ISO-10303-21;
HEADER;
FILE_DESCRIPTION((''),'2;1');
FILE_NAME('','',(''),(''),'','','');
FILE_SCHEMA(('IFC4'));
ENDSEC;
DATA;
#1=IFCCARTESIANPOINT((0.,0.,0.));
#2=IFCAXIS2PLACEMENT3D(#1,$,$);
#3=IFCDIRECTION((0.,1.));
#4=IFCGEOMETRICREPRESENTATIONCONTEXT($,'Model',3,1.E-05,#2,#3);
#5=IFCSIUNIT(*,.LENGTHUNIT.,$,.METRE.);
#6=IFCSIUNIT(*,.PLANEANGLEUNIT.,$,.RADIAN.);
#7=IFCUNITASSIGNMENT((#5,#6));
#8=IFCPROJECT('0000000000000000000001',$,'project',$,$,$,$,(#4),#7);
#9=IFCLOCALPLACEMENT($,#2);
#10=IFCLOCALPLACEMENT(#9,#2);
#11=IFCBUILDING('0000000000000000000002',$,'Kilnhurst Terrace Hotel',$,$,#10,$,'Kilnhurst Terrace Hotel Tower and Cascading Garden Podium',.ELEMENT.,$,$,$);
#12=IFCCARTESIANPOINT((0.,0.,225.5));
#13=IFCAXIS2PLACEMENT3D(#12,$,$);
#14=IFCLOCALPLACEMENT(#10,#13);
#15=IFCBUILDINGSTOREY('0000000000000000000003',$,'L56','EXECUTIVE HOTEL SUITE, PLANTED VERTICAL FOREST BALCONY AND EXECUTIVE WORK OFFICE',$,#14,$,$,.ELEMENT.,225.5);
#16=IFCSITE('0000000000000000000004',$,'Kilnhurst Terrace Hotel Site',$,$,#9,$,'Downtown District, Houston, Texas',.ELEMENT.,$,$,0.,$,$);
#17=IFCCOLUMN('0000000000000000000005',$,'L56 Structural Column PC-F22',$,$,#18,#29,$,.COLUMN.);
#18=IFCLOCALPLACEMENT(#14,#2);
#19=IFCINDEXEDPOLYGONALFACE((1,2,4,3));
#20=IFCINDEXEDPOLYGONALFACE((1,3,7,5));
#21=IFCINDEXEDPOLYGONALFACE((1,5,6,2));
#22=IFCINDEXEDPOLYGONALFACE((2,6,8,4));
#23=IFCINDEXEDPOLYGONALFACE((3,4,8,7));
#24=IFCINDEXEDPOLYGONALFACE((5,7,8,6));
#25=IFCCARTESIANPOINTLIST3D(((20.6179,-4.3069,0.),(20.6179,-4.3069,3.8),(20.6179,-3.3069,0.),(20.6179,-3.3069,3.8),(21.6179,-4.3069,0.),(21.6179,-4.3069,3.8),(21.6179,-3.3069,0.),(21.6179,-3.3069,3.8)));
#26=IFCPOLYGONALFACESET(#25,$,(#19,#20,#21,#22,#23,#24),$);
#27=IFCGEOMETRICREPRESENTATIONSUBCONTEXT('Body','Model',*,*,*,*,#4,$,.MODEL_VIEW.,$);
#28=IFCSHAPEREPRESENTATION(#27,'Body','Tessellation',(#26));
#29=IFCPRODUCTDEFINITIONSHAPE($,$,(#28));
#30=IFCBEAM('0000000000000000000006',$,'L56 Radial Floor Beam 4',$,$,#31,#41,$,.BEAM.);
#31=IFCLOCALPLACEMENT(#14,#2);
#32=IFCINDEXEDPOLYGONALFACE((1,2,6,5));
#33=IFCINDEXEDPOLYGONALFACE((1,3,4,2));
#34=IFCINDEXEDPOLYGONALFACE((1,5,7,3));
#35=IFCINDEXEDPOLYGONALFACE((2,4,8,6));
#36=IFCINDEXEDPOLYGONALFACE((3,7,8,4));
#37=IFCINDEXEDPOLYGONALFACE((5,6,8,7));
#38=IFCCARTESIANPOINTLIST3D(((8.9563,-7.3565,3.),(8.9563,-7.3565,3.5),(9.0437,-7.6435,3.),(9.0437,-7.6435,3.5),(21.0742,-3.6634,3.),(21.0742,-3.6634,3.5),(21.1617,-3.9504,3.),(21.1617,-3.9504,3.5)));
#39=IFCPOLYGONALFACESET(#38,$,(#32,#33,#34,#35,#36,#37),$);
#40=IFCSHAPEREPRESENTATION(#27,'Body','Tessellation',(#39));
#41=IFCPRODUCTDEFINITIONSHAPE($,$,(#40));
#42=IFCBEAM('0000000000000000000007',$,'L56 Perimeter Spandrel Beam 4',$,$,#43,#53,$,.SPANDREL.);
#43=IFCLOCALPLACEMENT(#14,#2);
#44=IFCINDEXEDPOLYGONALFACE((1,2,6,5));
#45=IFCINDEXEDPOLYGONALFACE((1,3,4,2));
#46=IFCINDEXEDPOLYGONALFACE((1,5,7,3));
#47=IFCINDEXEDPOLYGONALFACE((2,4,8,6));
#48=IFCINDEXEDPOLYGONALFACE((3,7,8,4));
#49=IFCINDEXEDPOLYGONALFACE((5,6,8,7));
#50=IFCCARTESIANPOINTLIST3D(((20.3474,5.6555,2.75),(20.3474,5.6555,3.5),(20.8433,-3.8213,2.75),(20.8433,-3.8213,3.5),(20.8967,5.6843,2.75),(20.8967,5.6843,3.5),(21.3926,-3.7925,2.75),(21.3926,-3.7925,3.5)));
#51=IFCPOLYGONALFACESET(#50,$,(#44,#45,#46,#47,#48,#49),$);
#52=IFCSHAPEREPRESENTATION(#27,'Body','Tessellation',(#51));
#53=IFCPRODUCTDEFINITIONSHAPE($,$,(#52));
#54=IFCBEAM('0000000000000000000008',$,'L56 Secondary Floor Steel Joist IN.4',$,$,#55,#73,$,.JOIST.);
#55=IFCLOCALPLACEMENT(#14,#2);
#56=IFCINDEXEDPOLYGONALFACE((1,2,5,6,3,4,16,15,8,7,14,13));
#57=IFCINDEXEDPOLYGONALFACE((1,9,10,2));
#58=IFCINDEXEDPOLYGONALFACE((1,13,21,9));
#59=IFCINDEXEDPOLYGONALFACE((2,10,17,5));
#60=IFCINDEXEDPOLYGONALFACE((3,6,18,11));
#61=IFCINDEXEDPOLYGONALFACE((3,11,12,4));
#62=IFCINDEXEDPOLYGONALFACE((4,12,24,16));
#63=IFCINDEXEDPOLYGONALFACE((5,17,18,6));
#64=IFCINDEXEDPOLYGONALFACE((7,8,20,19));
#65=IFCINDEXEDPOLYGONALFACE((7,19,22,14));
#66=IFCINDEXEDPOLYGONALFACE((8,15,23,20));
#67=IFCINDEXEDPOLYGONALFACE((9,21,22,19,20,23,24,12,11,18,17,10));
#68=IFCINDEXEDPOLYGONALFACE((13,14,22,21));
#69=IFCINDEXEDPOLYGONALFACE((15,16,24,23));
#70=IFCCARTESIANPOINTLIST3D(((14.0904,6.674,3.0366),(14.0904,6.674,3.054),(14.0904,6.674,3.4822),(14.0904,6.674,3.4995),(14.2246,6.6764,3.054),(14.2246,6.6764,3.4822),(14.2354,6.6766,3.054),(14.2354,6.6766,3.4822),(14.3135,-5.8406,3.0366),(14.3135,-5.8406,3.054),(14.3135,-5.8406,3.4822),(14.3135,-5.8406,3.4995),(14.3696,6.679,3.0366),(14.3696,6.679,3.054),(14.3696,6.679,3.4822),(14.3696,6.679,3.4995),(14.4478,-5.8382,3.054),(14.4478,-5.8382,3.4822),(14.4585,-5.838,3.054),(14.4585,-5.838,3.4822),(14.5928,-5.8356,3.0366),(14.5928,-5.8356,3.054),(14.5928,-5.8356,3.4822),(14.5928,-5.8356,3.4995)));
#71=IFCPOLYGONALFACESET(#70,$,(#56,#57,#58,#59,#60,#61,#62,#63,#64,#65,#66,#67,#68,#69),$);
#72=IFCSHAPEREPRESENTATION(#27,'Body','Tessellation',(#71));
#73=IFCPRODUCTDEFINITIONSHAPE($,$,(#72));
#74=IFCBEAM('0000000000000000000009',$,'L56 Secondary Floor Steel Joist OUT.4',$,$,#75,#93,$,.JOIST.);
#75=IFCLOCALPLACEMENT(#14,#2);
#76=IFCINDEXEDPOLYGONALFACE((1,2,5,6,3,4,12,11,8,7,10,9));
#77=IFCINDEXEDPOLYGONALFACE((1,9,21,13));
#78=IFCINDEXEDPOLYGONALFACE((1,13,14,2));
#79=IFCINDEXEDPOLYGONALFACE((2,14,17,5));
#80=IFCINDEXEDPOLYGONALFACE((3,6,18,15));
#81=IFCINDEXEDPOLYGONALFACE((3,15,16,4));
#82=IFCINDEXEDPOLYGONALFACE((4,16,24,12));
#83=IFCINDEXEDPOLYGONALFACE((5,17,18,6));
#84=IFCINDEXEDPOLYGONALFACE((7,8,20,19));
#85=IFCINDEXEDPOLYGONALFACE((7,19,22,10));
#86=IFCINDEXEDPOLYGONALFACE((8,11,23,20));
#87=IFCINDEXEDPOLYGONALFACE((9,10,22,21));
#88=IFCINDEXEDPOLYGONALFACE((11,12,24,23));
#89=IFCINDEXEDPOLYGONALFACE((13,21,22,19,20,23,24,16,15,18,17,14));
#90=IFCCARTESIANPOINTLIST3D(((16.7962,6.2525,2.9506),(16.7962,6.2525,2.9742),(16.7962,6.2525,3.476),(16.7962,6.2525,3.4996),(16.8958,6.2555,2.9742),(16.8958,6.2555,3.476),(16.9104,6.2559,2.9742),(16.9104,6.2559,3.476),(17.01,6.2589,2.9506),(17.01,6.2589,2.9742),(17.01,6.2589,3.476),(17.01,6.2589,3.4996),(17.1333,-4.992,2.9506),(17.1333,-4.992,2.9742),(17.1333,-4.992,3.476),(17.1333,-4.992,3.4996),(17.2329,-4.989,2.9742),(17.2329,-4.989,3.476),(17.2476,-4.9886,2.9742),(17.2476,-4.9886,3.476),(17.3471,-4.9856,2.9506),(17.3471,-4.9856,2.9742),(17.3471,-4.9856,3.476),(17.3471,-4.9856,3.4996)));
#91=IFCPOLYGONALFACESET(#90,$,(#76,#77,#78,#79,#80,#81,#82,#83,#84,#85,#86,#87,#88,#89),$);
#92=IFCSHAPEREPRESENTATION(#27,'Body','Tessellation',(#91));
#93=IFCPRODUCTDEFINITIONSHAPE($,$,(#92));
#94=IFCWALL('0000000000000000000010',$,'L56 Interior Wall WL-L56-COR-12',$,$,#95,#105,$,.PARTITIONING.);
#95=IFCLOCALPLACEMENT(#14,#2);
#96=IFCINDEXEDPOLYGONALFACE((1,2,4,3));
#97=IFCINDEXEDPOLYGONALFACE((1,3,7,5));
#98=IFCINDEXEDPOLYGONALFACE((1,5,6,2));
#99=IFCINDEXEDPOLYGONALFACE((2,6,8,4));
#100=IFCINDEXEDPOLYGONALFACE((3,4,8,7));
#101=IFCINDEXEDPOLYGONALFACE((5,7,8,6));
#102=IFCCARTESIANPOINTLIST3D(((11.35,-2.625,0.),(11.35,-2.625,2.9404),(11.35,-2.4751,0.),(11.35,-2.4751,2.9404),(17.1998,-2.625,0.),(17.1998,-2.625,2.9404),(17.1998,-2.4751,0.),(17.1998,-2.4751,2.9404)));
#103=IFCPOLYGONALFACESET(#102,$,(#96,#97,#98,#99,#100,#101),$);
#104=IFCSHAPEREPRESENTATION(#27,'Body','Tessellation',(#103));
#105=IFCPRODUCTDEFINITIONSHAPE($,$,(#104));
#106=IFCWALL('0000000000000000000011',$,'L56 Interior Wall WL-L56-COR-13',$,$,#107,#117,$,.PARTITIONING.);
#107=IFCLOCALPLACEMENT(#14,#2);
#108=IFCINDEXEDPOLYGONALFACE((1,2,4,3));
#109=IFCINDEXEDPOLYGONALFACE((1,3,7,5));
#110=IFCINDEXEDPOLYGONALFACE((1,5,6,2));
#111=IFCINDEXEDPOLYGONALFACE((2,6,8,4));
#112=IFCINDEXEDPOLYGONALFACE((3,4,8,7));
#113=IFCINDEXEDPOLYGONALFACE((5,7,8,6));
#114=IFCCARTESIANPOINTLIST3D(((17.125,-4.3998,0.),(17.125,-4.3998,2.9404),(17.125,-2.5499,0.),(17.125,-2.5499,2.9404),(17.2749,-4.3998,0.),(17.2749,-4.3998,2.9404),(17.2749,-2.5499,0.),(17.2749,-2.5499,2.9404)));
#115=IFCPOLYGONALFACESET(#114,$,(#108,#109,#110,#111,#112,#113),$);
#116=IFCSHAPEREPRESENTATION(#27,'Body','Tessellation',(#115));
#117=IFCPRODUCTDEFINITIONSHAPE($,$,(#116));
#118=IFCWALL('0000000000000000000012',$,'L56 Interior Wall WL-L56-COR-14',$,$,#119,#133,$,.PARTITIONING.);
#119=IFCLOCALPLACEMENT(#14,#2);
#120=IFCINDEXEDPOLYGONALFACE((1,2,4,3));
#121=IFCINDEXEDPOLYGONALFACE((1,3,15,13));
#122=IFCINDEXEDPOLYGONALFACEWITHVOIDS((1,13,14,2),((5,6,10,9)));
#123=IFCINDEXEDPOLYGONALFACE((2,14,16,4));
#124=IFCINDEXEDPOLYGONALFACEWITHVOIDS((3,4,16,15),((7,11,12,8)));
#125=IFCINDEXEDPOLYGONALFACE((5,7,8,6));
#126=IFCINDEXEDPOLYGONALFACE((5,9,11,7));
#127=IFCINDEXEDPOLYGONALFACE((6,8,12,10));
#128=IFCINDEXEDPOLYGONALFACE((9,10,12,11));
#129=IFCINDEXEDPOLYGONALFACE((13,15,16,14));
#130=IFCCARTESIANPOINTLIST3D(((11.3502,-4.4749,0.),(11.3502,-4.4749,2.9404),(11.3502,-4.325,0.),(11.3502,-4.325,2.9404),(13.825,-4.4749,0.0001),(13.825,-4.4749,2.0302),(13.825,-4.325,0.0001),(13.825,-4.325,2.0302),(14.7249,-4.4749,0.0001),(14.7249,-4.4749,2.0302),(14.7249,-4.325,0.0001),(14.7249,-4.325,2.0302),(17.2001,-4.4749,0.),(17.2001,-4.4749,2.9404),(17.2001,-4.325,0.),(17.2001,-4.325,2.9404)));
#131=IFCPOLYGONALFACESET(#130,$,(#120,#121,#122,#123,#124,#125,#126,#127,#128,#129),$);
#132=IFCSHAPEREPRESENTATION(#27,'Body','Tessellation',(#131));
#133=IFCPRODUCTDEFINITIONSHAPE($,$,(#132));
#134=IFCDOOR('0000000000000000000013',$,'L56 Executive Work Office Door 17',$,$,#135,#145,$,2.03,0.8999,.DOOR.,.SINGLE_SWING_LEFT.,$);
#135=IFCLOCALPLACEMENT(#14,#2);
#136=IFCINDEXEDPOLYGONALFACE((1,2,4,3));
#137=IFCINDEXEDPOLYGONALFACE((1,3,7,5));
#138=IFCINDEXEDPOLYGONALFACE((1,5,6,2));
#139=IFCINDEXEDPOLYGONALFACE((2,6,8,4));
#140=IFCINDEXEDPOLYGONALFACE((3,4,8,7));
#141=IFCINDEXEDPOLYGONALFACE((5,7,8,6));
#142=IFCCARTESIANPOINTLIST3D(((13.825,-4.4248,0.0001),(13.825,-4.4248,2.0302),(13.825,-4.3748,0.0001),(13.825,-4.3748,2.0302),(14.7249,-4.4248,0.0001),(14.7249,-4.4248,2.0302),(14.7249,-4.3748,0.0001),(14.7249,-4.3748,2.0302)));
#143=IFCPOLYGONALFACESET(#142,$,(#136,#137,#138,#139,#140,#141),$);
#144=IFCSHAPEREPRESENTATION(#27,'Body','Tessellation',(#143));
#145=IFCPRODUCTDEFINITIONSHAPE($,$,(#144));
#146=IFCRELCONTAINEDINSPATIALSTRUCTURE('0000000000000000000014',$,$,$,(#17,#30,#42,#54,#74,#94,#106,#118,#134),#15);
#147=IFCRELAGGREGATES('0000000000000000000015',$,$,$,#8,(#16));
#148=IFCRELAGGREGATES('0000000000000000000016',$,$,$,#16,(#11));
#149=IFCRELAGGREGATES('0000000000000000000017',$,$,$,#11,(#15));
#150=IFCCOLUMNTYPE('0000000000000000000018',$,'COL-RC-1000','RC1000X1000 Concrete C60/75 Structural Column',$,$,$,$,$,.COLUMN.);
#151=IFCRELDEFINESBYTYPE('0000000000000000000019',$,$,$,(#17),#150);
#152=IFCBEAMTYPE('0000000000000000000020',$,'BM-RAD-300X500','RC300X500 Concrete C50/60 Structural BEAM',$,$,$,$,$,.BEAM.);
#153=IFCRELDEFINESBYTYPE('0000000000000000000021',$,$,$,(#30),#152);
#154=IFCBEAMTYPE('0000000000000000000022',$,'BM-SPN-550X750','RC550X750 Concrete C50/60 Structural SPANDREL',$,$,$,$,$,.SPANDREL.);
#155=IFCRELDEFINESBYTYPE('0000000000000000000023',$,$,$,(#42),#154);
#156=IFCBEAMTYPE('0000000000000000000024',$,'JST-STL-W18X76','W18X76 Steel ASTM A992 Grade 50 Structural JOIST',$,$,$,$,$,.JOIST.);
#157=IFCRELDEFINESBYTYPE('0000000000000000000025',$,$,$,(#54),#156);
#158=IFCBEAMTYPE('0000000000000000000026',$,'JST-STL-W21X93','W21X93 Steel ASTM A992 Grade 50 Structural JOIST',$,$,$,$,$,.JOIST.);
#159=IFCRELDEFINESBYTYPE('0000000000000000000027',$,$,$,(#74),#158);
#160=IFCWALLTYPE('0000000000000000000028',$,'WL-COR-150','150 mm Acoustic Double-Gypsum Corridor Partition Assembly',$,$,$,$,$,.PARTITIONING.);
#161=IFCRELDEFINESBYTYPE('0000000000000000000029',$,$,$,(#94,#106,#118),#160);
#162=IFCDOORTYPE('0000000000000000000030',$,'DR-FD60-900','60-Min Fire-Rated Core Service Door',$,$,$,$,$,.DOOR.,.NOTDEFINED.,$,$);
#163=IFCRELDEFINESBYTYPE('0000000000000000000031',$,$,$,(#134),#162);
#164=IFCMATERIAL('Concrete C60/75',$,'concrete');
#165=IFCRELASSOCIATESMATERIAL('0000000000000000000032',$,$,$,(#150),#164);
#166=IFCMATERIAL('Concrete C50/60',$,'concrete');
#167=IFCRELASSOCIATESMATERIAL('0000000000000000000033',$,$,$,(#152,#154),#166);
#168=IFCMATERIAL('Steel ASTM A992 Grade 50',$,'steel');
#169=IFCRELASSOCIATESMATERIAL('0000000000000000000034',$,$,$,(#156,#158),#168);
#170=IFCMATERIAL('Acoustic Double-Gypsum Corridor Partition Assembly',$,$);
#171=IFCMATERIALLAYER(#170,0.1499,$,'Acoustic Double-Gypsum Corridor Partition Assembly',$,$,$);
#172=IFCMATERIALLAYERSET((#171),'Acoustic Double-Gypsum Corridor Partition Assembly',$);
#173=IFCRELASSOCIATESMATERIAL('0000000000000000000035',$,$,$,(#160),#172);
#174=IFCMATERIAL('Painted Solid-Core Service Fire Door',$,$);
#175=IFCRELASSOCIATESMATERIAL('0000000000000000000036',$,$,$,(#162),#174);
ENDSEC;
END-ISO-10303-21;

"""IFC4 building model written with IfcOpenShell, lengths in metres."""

from ifc_helpers import new_model, si_unit, direction, frame, frame_2d, origin, origin_2d, place, context, subcontext, project, spatial, rectangle, i_section, extrude, material, layer, layer_set, material_profile, profile_set, type_object, element, fill, save


model = new_model("IFC4")

# Units and contexts
model_context = context("Model", 3, precision=1e-05, world=origin(), true_north=direction((0.0, 1.0)))
body_context = subcontext(model_context, "Body", "Model", "MODEL_VIEW")
ifc_project = project(units=[si_unit("LENGTHUNIT", "METRE"), si_unit("PLANEANGLEUNIT", "RADIAN")], contexts=[model_context])

# Site, building, storey
site_placement = place(None, origin())
site = spatial("IfcSite", under=ifc_project, at=site_placement, Name="Kilnhurst Terrace Hotel Site", LongName="Downtown District, Houston, Texas", CompositionType="ELEMENT", RefElevation=0.0)
building_placement = place(site_placement, origin())
building = spatial("IfcBuilding", under=site, at=building_placement, Name="Kilnhurst Terrace Hotel", LongName="Kilnhurst Terrace Hotel Tower and Cascading Garden Podium", CompositionType="ELEMENT")
storey_placement = place(building_placement, frame((0.0, 0.0, 225.5)))
storey = spatial("IfcBuildingStorey", under=building, at=storey_placement, Name="L56", Description="EXECUTIVE HOTEL SUITE, PLANTED VERTICAL FOREST BALCONY AND EXECUTIVE WORK OFFICE", CompositionType="ELEMENT", Elevation=225.5)

# Column
ifc_material_1 = material(Name="Concrete C60/75", Category="concrete")
ifc_material_profile_1 = material_profile(ifc_material_1, rectangle(XDim=1.0, YDim=1.0, at=origin_2d()), Name="RC1000X1000")
ifc_profile_set_1 = profile_set([ifc_material_profile_1], Name="Concrete C60/75")
column_type = type_object("IfcColumnType", Name="COL-RC-1000", Description="RC1000X1000 Concrete C60/75 Structural Column", PredefinedType="COLUMN", material=ifc_profile_set_1)
column_placement = place(storey_placement, frame((21.1179, -3.8069, 0.0), z_axis=(0.0, 0.0, 1.0), x_axis=(1.0, 0.0, 0.0)))
element("IfcColumn", 1, at=column_placement, inside=storey, type_object=column_type, Name="L56 Structural Column PC-F22", PredefinedType="COLUMN", context=body_context, shape_type="SweptSolid", body=[
    extrude(rectangle(XDim=1.0, YDim=1.0, at=origin_2d()), origin(), (0.0, 0.0, 1.0), 3.8),
])

# Beams
ifc_material_2 = material(Name="Concrete C50/60", Category="concrete")
ifc_material_profile_2 = material_profile(ifc_material_2, rectangle(XDim=0.3, YDim=0.5, at=origin_2d()), Name="RC300X500")
ifc_profile_set_2 = profile_set([ifc_material_profile_2], Name="Concrete C50/60")
beam_type_1 = type_object("IfcBeamType", Name="BM-RAD-300X500", Description="RC300X500 Concrete C50/60 Structural BEAM", PredefinedType="BEAM", material=ifc_profile_set_2)
beam_1_placement = place(storey_placement, frame((9.0, -7.5, 3.25), z_axis=(0.956563, 0.291527, 0.0), x_axis=(-0.291527, 0.956563, 0.0)))
element("IfcBeam", 2, at=beam_1_placement, inside=storey, type_object=beam_type_1, Name="L56 Radial Floor Beam 4", PredefinedType="BEAM", context=body_context, shape_type="SweptSolid", body=[
    extrude(rectangle(XDim=0.3, YDim=0.5, at=origin_2d()), origin(), (0.0, 0.0, 1.0), 12.6682),
])
ifc_material_profile_3 = material_profile(ifc_material_2, rectangle(XDim=0.55, YDim=0.75, at=origin_2d()), Name="RC550X750")
ifc_profile_set_3 = profile_set([ifc_material_profile_3], Name="Concrete C50/60")
beam_type_2 = type_object("IfcBeamType", Name="BM-SPN-550X750", Description="RC550X750 Concrete C50/60 Structural SPANDREL", PredefinedType="SPANDREL", material=ifc_profile_set_3)
beam_2_placement = place(storey_placement, frame((21.1179, -3.8069, 3.125), z_axis=(-0.052251, 0.998634, 0.0), x_axis=(-0.998634, -0.052251, 0.0)))
element("IfcBeam", 3, at=beam_2_placement, inside=storey, type_object=beam_type_2, Name="L56 Perimeter Spandrel Beam 4", PredefinedType="SPANDREL", context=body_context, shape_type="SweptSolid", body=[
    extrude(rectangle(XDim=0.55, YDim=0.75, at=origin_2d()), origin(), (0.0, 0.0, 1.0), 9.4897),
])
ifc_material_3 = material(Name="Steel ASTM A992 Grade 50", Category="steel")
ifc_material_profile_4 = material_profile(ifc_material_3, i_section(OverallWidth=0.2793, OverallDepth=0.4629, WebThickness=0.0107, FlangeThickness=0.0173, at=origin_2d()), Name="W18X76")
ifc_profile_set_4 = profile_set([ifc_material_profile_4], Name="Steel ASTM A992 Grade 50")
beam_type_3 = type_object("IfcBeamType", Name="JST-STL-W18X76", Description="W18X76 Steel ASTM A992 Grade 50 Structural JOIST", PredefinedType="JOIST", material=ifc_profile_set_4)
beam_3_placement = place(storey_placement, frame((14.4531, -5.8381, 3.2681), z_axis=(-0.017828, 0.999841, 0.0), x_axis=(-0.999841, -0.017828, 0.0)))
element("IfcBeam", 4, at=beam_3_placement, inside=storey, type_object=beam_type_3, Name="L56 Secondary Floor Steel Joist IN.4", PredefinedType="JOIST", context=body_context, shape_type="SweptSolid", body=[
    extrude(i_section(OverallWidth=0.2793, OverallDepth=0.4629, WebThickness=0.0107, FlangeThickness=0.0173, at=origin_2d()), origin(), (0.0, 0.0, 1.0), 12.5166),
])
ifc_material_profile_5 = material_profile(ifc_material_3, i_section(OverallWidth=0.2139, OverallDepth=0.5491, WebThickness=0.0146, FlangeThickness=0.0237, at=origin_2d()), Name="W21X93")
ifc_profile_set_5 = profile_set([ifc_material_profile_5], Name="Steel ASTM A992 Grade 50")
beam_type_4 = type_object("IfcBeamType", Name="JST-STL-W21X93", Description="W21X93 Steel ASTM A992 Grade 50 Structural JOIST", PredefinedType="JOIST", material=ifc_profile_set_5)
beam_4_placement = place(storey_placement, frame((17.2402, -4.9888, 3.2251), z_axis=(-0.029971, 0.999551, 0.0), x_axis=(-0.999551, -0.029971, 0.0)))
element("IfcBeam", 5, at=beam_4_placement, inside=storey, type_object=beam_type_4, Name="L56 Secondary Floor Steel Joist OUT.4", PredefinedType="JOIST", context=body_context, shape_type="SweptSolid", body=[
    extrude(i_section(OverallWidth=0.2139, OverallDepth=0.5491, WebThickness=0.0146, FlangeThickness=0.0237, at=origin_2d()), origin(), (0.0, 0.0, 1.0), 11.2495),
])

# Walls
ifc_material_4 = material(Name="Acoustic Double-Gypsum Corridor Partition Assembly")
ifc_layer_1 = layer(ifc_material_4, 0.1499, Name="Acoustic Double-Gypsum Corridor Partition Assembly")
ifc_layer_set_1 = layer_set([ifc_layer_1], Name="Acoustic Double-Gypsum Corridor Partition Assembly")
wall_type_1 = type_object("IfcWallType", Name="WL-COR-150", Description="150 mm Acoustic Double-Gypsum Corridor Partition Assembly", PredefinedType="PARTITIONING", material=ifc_layer_set_1)
wall_1_placement = place(storey_placement, frame((11.3501, -2.55, 0.0), z_axis=(0.0, 0.0, 1.0), x_axis=(1.0, 0.0, 0.0)))
element("IfcWall", 6, at=wall_1_placement, inside=storey, type_object=wall_type_1, Name="L56 Interior Wall WL-L56-COR-12", PredefinedType="PARTITIONING", context=body_context, shape_type="SweptSolid", body=[
    extrude(rectangle(XDim=5.8499, YDim=0.1499, at=frame_2d((2.9248, 0.0))), origin(), (0.0, 0.0, 1.0), 2.9404),
])
wall_2_placement = place(storey_placement, frame((17.2, -2.55, 0.0), z_axis=(0.0, 0.0, 1.0), x_axis=(0.0, -1.0, 0.0)))
element("IfcWall", 7, at=wall_2_placement, inside=storey, type_object=wall_type_1, Name="L56 Interior Wall WL-L56-COR-13", PredefinedType="PARTITIONING", context=body_context, shape_type="SweptSolid", body=[
    extrude(rectangle(XDim=1.8499, YDim=0.1499, at=frame_2d((0.9248, 0.0))), origin(), (0.0, 0.0, 1.0), 2.9404),
])

# Wall, opening, door
wall_3_placement = place(storey_placement, frame((17.2, -4.3999, 0.0), z_axis=(0.0, 0.0, 1.0), x_axis=(-1.0, 0.0, 0.0)))
wall_3 = element("IfcWall", 8, at=wall_3_placement, inside=storey, type_object=wall_type_1, Name="L56 Interior Wall WL-L56-COR-14", PredefinedType="PARTITIONING", context=body_context, shape_type="SweptSolid", body=[
    extrude(rectangle(XDim=5.8499, YDim=0.1499, at=frame_2d((2.9248, 0.0))), origin(), (0.0, 0.0, 1.0), 2.9404),
])
opening_1_placement = place(wall_3_placement, frame((2.4751, 0.0, 0.0)))
opening_1 = element("IfcOpeningElement", 9, at=opening_1_placement, cuts=wall_3, PredefinedType="OPENING", context=body_context, shape_type="SweptSolid", body=[
    extrude(rectangle(XDim=0.8999, YDim=2.03, at=frame_2d((0.45, 1.0151))), frame((0.0, 0.085, 0.0), z_axis=(0.0, -1.0, 0.0), x_axis=(1.0, 0.0, 0.0)), (0.0, 0.0, 1.0), 0.1699),
])
ifc_material_5 = material(Name="Painted Solid-Core Service Fire Door")
door_type_1 = type_object("IfcDoorType", Name="DR-FD60-900", Description="60-Min Fire-Rated Core Service Door", OperationType="NOTDEFINED", PredefinedType="DOOR", material=ifc_material_5)
door_1_placement = place(opening_1_placement, origin())
door_1 = element("IfcDoor", 10, at=door_1_placement, inside=storey, type_object=door_type_1, Name="L56 Executive Work Office Door 17", OperationType="SINGLE_SWING_LEFT", OverallHeight=2.03, OverallWidth=0.8999, PredefinedType="DOOR", context=body_context, shape_type="SweptSolid", body=[
    extrude(rectangle(XDim=0.8999, YDim=2.03, at=frame_2d((0.45, 1.0151))), frame((0.0, 0.0249, 0.0), z_axis=(0.0, -1.0, 0.0), x_axis=(1.0, 0.0, 0.0)), (0.0, 0.0, 1.0), 0.05),
])
fill(opening_1, door_1)

save(model, "model.ifc")
